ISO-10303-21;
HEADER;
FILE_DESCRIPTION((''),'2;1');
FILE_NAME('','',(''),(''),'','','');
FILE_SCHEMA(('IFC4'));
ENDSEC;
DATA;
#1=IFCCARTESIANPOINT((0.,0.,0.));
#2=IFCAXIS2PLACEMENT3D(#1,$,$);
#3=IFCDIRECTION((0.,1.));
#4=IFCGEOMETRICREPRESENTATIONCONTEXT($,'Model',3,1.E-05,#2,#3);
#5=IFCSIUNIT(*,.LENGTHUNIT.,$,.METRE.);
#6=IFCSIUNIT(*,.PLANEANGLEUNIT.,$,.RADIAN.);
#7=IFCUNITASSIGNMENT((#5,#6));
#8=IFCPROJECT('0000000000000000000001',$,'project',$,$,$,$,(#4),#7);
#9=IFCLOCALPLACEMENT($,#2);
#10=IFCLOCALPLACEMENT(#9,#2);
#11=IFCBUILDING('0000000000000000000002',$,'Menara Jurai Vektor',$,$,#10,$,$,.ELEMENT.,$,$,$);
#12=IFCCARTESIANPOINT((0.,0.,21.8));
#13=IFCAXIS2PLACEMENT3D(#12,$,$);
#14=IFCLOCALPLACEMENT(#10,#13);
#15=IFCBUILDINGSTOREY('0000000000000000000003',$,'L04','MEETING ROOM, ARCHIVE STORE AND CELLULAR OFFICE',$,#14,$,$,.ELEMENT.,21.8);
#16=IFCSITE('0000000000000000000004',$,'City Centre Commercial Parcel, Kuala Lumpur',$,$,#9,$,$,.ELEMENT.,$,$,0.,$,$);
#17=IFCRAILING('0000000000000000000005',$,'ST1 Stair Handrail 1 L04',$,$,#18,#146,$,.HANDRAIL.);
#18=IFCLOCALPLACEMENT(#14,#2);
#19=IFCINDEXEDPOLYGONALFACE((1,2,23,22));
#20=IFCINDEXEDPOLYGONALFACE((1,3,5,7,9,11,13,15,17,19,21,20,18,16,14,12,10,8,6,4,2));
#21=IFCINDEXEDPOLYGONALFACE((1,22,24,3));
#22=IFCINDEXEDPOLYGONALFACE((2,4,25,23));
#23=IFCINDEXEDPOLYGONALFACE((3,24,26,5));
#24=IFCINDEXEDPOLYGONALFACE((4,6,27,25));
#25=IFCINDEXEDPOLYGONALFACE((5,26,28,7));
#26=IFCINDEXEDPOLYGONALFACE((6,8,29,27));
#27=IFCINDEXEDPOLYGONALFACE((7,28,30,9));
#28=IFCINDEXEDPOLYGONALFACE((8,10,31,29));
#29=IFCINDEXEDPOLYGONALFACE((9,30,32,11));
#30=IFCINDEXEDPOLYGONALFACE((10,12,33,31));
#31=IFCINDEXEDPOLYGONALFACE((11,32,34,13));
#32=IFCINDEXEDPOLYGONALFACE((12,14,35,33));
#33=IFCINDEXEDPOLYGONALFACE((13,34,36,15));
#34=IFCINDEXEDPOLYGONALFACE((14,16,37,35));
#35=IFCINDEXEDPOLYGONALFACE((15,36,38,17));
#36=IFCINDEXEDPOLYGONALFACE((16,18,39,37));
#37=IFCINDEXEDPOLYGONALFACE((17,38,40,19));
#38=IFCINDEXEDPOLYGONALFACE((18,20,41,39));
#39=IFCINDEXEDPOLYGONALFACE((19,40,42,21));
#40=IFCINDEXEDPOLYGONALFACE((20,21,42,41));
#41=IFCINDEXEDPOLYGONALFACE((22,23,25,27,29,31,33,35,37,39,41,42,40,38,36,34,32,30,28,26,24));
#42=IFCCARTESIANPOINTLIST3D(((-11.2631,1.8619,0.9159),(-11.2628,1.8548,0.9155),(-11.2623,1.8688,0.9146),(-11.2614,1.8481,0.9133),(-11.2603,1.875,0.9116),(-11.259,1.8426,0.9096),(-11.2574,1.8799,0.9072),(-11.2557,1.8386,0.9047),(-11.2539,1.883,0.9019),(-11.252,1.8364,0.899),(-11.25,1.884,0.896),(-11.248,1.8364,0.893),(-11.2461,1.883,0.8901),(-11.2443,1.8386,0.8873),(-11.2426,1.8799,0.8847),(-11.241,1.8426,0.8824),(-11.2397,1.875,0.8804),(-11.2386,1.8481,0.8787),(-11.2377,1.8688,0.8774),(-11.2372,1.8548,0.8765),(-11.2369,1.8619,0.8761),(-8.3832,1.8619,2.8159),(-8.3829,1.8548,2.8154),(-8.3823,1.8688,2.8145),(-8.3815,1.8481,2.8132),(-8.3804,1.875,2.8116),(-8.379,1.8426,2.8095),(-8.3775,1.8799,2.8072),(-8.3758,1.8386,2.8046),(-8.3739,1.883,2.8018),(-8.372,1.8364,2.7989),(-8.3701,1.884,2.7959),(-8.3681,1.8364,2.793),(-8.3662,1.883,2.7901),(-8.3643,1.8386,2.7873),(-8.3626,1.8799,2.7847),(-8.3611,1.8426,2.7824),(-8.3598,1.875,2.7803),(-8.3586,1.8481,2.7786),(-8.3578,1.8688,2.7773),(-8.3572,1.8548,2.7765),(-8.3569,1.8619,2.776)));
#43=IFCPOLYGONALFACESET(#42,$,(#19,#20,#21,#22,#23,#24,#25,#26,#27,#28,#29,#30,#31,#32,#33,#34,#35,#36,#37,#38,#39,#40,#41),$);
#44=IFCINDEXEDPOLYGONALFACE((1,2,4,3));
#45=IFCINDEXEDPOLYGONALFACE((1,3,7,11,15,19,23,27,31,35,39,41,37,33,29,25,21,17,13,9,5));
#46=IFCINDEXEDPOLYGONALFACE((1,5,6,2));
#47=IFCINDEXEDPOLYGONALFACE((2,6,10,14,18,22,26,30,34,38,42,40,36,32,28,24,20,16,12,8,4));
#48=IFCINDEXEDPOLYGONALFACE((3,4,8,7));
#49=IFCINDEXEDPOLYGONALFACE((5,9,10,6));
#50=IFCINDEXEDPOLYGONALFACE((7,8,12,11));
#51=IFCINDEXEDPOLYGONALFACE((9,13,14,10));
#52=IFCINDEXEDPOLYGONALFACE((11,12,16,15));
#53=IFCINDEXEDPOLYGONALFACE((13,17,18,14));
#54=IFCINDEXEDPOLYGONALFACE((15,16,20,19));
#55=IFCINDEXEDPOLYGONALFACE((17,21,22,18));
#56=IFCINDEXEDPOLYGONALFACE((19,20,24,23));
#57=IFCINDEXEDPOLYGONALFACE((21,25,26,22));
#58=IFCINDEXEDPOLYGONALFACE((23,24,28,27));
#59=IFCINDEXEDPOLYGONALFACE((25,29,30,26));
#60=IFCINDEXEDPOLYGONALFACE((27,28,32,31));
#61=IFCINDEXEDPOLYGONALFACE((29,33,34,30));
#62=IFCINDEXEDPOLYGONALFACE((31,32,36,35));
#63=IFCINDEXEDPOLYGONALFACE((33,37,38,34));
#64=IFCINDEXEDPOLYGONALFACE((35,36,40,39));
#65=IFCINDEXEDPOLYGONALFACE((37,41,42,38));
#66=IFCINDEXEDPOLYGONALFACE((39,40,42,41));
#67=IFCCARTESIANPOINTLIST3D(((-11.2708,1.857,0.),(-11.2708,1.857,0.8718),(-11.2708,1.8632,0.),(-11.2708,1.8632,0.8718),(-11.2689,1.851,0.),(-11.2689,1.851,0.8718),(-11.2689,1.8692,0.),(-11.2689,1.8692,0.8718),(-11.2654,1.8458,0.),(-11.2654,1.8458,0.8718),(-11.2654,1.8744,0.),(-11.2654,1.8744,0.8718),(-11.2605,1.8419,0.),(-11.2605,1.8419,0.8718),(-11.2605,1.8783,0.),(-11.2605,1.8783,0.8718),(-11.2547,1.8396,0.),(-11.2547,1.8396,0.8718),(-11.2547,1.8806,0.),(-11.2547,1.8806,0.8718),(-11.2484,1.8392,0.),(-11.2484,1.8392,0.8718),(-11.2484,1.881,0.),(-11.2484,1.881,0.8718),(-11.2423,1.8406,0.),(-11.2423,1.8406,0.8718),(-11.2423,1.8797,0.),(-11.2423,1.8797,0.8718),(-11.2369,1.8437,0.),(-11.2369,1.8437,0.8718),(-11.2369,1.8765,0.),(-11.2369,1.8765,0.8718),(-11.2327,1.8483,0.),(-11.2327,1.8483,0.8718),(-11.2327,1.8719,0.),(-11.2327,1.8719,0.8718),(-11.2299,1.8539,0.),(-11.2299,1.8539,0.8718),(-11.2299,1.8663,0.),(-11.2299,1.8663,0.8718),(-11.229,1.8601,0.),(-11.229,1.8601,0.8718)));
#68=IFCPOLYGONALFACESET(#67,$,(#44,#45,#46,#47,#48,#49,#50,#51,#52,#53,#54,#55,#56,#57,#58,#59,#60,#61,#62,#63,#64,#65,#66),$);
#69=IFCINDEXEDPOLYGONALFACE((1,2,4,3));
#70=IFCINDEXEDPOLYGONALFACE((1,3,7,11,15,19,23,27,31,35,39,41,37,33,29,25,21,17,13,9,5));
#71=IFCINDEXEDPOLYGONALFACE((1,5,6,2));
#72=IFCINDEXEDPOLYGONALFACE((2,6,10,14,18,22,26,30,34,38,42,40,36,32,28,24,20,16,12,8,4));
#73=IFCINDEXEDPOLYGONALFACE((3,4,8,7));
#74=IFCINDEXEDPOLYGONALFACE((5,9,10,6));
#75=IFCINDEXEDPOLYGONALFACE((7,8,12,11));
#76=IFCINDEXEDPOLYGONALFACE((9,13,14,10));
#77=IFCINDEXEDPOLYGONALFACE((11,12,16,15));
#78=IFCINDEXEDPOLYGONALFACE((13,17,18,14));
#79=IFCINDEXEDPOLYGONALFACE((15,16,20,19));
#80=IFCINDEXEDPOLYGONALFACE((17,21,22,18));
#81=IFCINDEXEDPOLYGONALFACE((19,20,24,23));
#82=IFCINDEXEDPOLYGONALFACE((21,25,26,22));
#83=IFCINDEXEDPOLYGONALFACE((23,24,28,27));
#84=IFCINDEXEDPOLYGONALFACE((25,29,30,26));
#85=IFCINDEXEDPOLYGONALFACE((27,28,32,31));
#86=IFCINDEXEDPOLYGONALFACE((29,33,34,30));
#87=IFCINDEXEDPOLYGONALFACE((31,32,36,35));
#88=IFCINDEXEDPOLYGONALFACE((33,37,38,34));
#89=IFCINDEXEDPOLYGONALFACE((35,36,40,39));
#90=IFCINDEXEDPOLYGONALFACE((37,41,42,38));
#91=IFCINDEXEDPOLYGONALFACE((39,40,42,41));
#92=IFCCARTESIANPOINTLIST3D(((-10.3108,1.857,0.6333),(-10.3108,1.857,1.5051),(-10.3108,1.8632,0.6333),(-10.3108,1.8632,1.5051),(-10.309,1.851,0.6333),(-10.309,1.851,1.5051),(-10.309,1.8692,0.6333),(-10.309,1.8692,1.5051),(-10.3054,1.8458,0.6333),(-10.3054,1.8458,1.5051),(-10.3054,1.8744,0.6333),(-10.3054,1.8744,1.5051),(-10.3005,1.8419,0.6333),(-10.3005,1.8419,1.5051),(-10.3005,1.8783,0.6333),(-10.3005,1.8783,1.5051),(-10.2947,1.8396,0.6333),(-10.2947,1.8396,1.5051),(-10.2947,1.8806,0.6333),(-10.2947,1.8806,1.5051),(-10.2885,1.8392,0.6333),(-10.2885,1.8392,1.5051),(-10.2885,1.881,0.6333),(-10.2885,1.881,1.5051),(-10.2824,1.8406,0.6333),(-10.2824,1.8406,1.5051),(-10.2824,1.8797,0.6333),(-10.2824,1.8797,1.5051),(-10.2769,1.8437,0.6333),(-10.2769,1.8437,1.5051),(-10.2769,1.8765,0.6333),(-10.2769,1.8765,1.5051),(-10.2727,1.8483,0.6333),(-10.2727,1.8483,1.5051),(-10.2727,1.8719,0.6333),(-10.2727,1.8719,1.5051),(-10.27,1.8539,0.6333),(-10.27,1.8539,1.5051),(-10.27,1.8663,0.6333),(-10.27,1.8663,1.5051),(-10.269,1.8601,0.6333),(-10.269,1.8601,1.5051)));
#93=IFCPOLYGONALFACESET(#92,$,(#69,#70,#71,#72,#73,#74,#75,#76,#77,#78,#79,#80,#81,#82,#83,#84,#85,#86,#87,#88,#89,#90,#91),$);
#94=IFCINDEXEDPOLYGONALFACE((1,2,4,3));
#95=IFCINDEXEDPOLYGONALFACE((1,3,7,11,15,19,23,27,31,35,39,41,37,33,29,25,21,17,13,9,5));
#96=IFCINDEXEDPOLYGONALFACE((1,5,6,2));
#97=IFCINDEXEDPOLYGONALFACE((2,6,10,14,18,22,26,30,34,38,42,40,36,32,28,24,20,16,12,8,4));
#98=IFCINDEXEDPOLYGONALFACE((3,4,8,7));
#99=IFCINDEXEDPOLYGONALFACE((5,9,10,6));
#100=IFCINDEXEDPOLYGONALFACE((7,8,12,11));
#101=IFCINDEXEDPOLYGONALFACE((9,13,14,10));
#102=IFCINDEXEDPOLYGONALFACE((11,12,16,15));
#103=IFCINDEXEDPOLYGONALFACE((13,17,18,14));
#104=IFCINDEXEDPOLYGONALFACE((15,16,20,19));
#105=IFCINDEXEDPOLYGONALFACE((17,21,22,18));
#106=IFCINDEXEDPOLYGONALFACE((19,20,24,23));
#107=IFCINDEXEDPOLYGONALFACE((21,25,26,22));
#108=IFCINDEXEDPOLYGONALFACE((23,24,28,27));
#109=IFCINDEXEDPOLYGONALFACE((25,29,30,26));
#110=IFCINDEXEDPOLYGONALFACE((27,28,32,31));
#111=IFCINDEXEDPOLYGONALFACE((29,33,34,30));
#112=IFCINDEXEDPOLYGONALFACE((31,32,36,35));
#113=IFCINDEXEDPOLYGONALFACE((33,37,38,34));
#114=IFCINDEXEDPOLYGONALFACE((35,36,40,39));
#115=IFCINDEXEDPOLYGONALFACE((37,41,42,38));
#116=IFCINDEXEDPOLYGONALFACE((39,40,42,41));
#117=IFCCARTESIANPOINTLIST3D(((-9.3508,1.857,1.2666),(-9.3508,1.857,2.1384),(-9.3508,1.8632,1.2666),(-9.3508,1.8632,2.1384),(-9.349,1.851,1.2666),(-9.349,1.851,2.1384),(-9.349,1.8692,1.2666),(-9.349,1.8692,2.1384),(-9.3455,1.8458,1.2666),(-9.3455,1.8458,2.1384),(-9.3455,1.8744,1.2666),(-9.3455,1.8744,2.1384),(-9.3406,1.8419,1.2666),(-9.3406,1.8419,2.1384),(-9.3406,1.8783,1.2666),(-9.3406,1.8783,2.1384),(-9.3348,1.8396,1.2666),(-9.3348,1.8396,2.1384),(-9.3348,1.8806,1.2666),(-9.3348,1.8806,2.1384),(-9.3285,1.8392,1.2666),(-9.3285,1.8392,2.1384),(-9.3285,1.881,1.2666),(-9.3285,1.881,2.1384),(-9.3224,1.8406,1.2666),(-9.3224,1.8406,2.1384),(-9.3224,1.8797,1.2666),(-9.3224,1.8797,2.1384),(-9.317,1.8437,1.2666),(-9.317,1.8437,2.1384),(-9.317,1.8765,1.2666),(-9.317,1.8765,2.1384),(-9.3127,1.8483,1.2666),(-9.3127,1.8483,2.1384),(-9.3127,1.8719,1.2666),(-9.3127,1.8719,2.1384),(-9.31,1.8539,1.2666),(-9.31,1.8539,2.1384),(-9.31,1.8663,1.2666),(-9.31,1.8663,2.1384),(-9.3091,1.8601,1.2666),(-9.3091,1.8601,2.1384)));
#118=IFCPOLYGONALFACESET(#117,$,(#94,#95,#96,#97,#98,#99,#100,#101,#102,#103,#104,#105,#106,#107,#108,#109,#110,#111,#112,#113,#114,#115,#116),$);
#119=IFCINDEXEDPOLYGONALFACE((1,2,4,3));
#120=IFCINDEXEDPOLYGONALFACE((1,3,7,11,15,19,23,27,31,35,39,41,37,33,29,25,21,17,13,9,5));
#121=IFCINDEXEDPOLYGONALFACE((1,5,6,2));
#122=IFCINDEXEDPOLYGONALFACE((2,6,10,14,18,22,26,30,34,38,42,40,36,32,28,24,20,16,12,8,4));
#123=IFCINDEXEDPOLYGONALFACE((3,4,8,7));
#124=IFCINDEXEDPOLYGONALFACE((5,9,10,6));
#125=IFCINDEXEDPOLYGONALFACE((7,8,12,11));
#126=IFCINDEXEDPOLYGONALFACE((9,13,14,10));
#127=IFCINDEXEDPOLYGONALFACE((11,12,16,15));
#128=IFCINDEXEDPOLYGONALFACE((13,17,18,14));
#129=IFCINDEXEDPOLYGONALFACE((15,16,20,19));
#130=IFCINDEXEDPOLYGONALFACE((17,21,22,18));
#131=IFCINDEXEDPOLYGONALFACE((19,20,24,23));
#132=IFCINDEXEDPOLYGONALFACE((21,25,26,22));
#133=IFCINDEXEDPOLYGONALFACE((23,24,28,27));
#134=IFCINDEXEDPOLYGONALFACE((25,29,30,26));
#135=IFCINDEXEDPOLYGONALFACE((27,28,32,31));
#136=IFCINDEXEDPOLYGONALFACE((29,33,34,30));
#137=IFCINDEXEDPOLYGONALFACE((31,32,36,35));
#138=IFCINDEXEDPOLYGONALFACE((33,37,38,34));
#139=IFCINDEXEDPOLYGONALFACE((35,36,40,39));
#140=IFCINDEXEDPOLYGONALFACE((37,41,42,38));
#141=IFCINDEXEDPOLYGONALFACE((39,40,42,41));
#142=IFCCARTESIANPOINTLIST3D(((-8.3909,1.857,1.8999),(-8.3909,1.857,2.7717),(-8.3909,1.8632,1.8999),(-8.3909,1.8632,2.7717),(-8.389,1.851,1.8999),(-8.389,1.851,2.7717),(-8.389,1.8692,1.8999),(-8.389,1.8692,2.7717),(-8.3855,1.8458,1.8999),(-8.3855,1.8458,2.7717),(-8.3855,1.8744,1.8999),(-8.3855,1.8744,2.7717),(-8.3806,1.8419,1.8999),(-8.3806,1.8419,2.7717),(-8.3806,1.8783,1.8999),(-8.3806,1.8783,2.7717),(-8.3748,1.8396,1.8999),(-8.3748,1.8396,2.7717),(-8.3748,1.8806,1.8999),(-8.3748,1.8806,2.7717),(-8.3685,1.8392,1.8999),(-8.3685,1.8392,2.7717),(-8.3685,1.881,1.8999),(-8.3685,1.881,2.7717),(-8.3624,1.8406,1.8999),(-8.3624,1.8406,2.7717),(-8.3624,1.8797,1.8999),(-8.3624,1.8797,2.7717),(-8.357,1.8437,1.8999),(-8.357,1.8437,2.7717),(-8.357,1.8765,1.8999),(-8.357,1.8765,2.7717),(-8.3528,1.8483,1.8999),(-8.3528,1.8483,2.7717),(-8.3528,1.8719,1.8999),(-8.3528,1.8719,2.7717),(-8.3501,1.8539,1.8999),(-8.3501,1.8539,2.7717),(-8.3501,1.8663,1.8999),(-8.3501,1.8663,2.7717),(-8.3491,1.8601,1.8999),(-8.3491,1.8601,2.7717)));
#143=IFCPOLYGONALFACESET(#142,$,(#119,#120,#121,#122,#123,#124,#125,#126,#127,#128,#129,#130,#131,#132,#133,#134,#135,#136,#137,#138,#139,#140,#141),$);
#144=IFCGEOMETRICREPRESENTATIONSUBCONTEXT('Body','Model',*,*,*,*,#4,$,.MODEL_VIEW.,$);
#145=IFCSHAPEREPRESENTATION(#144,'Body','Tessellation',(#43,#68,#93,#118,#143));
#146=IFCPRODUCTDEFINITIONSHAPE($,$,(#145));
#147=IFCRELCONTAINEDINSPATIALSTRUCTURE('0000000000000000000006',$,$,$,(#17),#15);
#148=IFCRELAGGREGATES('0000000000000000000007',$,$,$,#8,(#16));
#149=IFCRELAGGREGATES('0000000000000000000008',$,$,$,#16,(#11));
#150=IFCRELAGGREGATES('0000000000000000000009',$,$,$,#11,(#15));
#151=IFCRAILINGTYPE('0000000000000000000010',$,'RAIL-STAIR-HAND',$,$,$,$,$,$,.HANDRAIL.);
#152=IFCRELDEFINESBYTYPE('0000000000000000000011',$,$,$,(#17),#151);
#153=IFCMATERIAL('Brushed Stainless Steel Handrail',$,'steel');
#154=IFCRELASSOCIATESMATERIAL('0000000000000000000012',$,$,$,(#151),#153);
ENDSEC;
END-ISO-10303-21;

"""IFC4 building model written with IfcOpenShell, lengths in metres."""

from ifc_helpers import new_model, si_unit, direction, frame, origin, origin_2d, place, context, subcontext, project, spatial, circle, extrude, material, type_object, element, save


model = new_model("IFC4")

# Units and contexts
model_context = context("Model", 3, precision=1e-05, world=origin(), true_north=direction((0.0, 1.0)))
body_context = subcontext(model_context, "Body", "Model", "MODEL_VIEW")
ifc_project = project(units=[si_unit("LENGTHUNIT", "METRE"), si_unit("PLANEANGLEUNIT", "RADIAN")], contexts=[model_context])

# Site, building, storey
site_placement = place(None, origin())
site = spatial("IfcSite", under=ifc_project, at=site_placement, Name="City Centre Commercial Parcel, Kuala Lumpur", CompositionType="ELEMENT", RefElevation=0.0)
building_placement = place(site_placement, origin())
building = spatial("IfcBuilding", under=site, at=building_placement, Name="Menara Jurai Vektor", CompositionType="ELEMENT")
storey_placement = place(building_placement, frame((0.0, 0.0, 21.8)))
storey = spatial("IfcBuildingStorey", under=building, at=storey_placement, Name="L04", Description="MEETING ROOM, ARCHIVE STORE AND CELLULAR OFFICE", CompositionType="ELEMENT", Elevation=21.8)

# Railing
ifc_material_1 = material(Name="Brushed Stainless Steel Handrail", Category="steel")
railing_type_1 = type_object("IfcRailingType", Name="RAIL-STAIR-HAND", PredefinedType="HANDRAIL", material=ifc_material_1)
railing_1_placement = place(storey_placement, frame((-11.25, 1.8601, 0.0)))
element("IfcRailing", 1, at=railing_1_placement, inside=storey, type_object=railing_type_1, Name="ST1 Stair Handrail 1 L04", PredefinedType="HANDRAIL", context=body_context, shape_type="SweptSolid", body=[
    extrude(circle(Radius=0.0239, at=origin_2d()), frame((0.0, 0.0, 0.896), z_axis=(0.834719, 0.0, 0.550677), x_axis=(0.0, 1.0, 0.0)), (0.0, 0.0, 1.0), 3.4502),
    extrude(circle(Radius=0.021, at=origin_2d()), origin(), (0.0, 0.0, 1.0), 0.8718),
    extrude(circle(Radius=0.021, at=origin_2d()), frame((0.96, 0.0, 0.6333)), (0.0, 0.0, 1.0), 0.8718),
    extrude(circle(Radius=0.021, at=origin_2d()), frame((1.9199, 0.0, 1.2666)), (0.0, 0.0, 1.0), 0.8718),
    extrude(circle(Radius=0.021, at=origin_2d()), frame((2.8799, 0.0, 1.8999)), (0.0, 0.0, 1.0), 0.8718),
])

save(model, "model.ifc")
